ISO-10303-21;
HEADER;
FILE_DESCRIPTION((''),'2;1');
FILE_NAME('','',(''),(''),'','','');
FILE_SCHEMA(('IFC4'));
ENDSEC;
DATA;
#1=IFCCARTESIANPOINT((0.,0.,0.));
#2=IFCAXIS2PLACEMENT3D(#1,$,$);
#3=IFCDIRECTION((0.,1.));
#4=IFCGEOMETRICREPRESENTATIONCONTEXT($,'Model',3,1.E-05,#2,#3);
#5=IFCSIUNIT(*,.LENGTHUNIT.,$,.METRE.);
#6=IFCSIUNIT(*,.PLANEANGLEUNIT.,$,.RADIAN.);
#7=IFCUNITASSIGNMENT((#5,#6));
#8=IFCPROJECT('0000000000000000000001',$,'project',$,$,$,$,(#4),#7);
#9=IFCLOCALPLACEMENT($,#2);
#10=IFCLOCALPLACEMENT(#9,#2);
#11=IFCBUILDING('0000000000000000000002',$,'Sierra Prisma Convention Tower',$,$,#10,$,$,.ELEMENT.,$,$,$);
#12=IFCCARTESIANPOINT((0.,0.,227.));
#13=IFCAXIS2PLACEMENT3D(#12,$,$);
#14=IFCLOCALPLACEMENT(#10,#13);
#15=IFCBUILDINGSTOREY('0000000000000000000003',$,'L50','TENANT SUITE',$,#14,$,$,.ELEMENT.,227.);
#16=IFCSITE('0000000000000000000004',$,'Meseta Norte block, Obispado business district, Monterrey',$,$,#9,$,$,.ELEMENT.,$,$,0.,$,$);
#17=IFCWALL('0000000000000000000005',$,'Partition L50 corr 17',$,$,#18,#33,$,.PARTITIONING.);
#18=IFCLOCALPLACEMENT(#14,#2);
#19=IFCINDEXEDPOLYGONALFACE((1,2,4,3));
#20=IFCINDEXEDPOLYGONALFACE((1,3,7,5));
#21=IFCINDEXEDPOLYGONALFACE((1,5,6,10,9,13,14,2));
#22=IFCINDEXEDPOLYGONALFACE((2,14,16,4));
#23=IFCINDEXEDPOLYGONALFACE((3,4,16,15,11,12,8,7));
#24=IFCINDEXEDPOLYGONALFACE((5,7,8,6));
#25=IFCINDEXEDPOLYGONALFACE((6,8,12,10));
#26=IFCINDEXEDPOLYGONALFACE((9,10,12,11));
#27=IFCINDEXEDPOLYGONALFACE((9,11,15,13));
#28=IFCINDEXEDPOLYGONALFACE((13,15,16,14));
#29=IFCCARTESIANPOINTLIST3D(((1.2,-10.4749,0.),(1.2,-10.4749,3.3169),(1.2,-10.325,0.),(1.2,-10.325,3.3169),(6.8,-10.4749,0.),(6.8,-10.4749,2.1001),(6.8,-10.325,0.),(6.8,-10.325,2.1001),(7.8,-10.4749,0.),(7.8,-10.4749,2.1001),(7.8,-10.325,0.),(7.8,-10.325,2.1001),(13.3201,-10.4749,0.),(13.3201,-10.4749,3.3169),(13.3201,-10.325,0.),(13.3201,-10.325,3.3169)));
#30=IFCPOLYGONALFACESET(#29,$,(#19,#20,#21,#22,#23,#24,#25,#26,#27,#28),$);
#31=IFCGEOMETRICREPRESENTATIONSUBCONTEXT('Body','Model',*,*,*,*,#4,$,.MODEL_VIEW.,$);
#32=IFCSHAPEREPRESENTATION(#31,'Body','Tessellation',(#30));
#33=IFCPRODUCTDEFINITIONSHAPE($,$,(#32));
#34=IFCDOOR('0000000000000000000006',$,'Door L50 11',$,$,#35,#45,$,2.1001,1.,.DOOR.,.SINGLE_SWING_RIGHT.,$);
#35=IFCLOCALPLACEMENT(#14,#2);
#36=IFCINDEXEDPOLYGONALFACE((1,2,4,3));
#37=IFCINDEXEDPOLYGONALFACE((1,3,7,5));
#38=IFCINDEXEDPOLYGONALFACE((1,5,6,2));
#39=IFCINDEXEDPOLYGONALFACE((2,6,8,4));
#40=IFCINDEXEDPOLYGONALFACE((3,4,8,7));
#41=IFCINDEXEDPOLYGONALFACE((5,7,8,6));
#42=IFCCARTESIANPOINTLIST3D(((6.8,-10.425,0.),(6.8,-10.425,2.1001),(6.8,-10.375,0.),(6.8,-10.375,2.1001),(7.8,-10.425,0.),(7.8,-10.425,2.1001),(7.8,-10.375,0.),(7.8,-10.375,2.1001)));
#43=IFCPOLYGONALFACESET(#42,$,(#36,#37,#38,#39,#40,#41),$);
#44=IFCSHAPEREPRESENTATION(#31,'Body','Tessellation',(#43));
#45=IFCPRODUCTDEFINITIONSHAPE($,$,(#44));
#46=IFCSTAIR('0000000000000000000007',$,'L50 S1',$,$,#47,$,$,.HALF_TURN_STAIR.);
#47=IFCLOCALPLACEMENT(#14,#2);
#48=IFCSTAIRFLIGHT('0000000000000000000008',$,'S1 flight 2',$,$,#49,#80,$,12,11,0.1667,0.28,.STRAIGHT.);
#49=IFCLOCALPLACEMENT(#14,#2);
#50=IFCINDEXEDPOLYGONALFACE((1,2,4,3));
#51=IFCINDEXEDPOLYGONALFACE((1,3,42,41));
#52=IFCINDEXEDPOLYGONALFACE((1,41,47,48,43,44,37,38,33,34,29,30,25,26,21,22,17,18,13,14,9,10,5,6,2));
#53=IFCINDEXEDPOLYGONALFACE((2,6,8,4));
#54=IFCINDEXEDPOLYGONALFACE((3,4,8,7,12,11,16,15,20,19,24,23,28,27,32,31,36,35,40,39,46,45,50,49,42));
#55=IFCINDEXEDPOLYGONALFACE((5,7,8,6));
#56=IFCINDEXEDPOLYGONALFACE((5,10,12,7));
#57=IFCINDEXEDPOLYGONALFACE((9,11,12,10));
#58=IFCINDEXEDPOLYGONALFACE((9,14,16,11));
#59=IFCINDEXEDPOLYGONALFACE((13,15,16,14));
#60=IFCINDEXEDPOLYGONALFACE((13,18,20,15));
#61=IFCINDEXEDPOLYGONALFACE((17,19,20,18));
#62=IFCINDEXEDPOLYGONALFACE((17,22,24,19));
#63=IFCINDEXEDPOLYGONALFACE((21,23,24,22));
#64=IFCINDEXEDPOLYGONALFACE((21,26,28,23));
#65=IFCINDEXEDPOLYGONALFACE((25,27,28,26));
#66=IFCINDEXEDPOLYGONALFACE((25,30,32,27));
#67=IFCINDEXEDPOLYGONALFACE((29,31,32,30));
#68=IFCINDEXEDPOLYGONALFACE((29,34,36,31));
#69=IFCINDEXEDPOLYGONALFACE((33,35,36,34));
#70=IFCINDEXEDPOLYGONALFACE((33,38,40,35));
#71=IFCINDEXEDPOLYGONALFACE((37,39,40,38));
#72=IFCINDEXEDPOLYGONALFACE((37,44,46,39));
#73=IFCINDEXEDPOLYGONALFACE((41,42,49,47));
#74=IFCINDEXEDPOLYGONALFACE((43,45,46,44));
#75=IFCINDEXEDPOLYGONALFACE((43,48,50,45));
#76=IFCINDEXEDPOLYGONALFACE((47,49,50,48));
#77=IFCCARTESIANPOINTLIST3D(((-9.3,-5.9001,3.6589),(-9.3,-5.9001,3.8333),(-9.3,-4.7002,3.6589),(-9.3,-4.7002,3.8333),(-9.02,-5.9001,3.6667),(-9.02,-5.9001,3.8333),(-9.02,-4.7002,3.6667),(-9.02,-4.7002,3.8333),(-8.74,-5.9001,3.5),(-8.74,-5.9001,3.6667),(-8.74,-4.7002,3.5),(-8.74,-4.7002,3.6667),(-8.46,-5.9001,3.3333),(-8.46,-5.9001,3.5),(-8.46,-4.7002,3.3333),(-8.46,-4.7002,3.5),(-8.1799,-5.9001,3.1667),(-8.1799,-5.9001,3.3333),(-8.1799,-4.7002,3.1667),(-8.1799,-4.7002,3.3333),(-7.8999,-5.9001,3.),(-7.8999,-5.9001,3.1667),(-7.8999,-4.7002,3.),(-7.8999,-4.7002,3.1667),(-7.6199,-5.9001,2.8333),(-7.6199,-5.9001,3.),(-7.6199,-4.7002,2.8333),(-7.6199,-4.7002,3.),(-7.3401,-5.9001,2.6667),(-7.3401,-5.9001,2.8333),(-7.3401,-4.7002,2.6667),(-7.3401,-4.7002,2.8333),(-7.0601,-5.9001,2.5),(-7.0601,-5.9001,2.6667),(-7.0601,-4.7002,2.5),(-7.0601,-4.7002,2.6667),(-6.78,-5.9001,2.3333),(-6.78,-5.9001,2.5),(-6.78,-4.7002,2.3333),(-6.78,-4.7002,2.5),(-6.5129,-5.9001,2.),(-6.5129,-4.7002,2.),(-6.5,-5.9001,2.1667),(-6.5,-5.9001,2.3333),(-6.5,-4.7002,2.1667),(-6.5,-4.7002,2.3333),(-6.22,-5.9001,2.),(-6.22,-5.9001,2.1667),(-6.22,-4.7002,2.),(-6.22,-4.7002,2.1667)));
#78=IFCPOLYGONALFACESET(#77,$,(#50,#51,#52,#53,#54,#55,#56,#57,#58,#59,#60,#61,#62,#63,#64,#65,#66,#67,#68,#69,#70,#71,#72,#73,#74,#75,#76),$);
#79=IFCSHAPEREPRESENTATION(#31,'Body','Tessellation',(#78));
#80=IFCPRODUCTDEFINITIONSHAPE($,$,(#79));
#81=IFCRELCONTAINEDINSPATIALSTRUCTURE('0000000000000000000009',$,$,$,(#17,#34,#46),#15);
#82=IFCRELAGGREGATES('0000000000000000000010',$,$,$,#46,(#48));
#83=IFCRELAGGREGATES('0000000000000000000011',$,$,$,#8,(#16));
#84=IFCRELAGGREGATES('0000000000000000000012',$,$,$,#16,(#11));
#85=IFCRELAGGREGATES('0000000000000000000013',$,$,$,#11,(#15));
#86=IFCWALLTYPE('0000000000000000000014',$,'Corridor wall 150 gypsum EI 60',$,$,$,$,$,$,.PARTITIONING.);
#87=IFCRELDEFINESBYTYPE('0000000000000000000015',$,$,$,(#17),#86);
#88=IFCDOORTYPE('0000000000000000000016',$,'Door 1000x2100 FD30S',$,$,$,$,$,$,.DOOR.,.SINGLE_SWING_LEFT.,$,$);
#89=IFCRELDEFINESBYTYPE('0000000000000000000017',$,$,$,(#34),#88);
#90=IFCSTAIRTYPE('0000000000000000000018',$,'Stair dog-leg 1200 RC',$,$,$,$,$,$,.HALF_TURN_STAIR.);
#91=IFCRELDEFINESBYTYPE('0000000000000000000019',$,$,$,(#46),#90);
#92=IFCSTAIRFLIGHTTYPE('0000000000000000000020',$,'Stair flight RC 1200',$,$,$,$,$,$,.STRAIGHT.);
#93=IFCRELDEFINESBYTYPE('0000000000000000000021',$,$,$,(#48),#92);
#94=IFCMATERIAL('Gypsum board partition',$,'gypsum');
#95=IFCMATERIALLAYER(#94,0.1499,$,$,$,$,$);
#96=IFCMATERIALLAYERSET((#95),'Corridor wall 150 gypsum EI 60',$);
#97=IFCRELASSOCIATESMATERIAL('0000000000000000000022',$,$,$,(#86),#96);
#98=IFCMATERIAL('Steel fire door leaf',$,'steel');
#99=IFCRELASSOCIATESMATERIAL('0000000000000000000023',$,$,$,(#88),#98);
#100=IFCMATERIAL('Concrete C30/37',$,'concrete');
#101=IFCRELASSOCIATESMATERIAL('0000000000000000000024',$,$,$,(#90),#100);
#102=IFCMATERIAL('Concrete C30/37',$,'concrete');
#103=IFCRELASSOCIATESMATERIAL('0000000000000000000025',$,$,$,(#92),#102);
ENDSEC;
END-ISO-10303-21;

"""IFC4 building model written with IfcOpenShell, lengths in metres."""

from ifc_helpers import new_model, si_unit, direction, frame, frame_2d, origin, place, context, subcontext, project, spatial, polyline, rectangle, outline, extrude, material, layer, layer_set, type_object, element, fill, aggregate, save


model = new_model("IFC4")

# Units and contexts
model_context = context("Model", 3, precision=1e-05, world=origin(), true_north=direction((0.0, 1.0)))
body_context = subcontext(model_context, "Body", "Model", "MODEL_VIEW")
ifc_project = project(units=[si_unit("LENGTHUNIT", "METRE"), si_unit("PLANEANGLEUNIT", "RADIAN")], contexts=[model_context])

# Site, building, storey
site_placement = place(None, origin())
site = spatial("IfcSite", under=ifc_project, at=site_placement, Name="Meseta Norte block, Obispado business district, Monterrey", CompositionType="ELEMENT", RefElevation=0.0)
building_placement = place(site_placement, origin())
building = spatial("IfcBuilding", under=site, at=building_placement, Name="Sierra Prisma Convention Tower", CompositionType="ELEMENT")
storey_placement = place(building_placement, frame((0.0, 0.0, 227.0)))
storey = spatial("IfcBuildingStorey", under=building, at=storey_placement, Name="L50", Description="TENANT SUITE", CompositionType="ELEMENT", Elevation=227.0)

# Shared definitions
ifc_material_1 = material(Name="Gypsum board partition", Category="gypsum")
ifc_layer_1 = layer(ifc_material_1, 0.1499)
ifc_layer_set_1 = layer_set([ifc_layer_1], Name="Corridor wall 150 gypsum EI 60")
wall_type_1 = type_object("IfcWallType", Name="Corridor wall 150 gypsum EI 60", PredefinedType="PARTITIONING", material=ifc_layer_set_1)

# Wall, opening, door
wall_1_placement = place(storey_placement, frame((1.2, -10.3999, 0.0), z_axis=(0.0, 0.0, 1.0), x_axis=(1.0, 0.0, 0.0)))
wall_1 = element("IfcWall", 1, at=wall_1_placement, inside=storey, type_object=wall_type_1, Name="Partition L50 corr 17", PredefinedType="PARTITIONING", context=body_context, shape_type="SweptSolid", body=[
    extrude(rectangle(XDim=12.1201, YDim=0.1499, at=frame_2d((6.0601, 0.0))), origin(), (0.0, 0.0, 1.0), 3.3169),
])
opening_1_placement = place(wall_1_placement, frame((5.6001, 0.0, 0.0)))
opening_1 = element("IfcOpeningElement", 2, at=opening_1_placement, cuts=wall_1, PredefinedType="OPENING", context=body_context, shape_type="SweptSolid", body=[
    extrude(rectangle(XDim=1.0, YDim=2.1001, at=frame_2d((0.5, 1.05))), frame((0.0, 0.075, 0.0), z_axis=(0.0, -1.0, 0.0), x_axis=(1.0, 0.0, 0.0)), (0.0, 0.0, 1.0), 0.1499),
])
ifc_material_2 = material(Name="Steel fire door leaf", Category="steel")
door_type_1 = type_object("IfcDoorType", Name="Door 1000x2100 FD30S", OperationType="SINGLE_SWING_LEFT", PredefinedType="DOOR", material=ifc_material_2)
door_1_placement = place(opening_1_placement, origin())
door_1 = element("IfcDoor", 3, at=door_1_placement, inside=storey, type_object=door_type_1, Name="Door L50 11", OperationType="SINGLE_SWING_RIGHT", OverallHeight=2.1001, OverallWidth=1.0, PredefinedType="DOOR", context=body_context, shape_type="SweptSolid", body=[
    extrude(rectangle(XDim=1.0, YDim=2.1001, at=frame_2d((0.5, 1.05))), frame((0.0, 0.0249, 0.0), z_axis=(0.0, -1.0, 0.0), x_axis=(1.0, 0.0, 0.0)), (0.0, 0.0, 1.0), 0.05),
])
fill(opening_1, door_1)

# Stair, stair flight
ifc_material_3 = material(Name="Concrete C30/37", Category="concrete")
stair_type = type_object("IfcStairType", Name="Stair dog-leg 1200 RC", PredefinedType="HALF_TURN_STAIR", material=ifc_material_3)
stair_placement = place(storey_placement, origin())
stair = element("IfcStair", 4, at=stair_placement, inside=storey, type_object=stair_type, Name="L50 S1", PredefinedType="HALF_TURN_STAIR")
ifc_material_4 = material(Name="Concrete C30/37", Category="concrete")
stair_flight_type = type_object("IfcStairFlightType", Name="Stair flight RC 1200", PredefinedType="STRAIGHT", material=ifc_material_4)
stair_flight_placement = place(storey_placement, frame((-6.22, -5.3, 2.0), z_axis=(0.0, 0.0, 1.0), x_axis=(-1.0, 0.0, 0.0)))
stair_flight = element("IfcStairFlight", 5, at=stair_flight_placement, type_object=stair_flight_type, Name="S1 flight 2", NumberOfRisers=12, NumberOfTreads=11, PredefinedType="STRAIGHT", RiserHeight=0.1667, TreadLength=0.28, context=body_context, shape_type="SweptSolid", body=[
    extrude(outline(polyline([(0.0, 0.0), (0.0, 0.1667), (0.28, 0.1667), (0.28, 0.3333), (0.5601, 0.3333), (0.5601, 0.5), (0.8401, 0.5), (0.8401, 0.6667), (1.1201, 0.6667), (1.1201, 0.8333), (1.3999, 0.8333), (1.3999, 1.0), (1.6799, 1.0), (1.6799, 1.1667), (1.96, 1.1667), (1.96, 1.3333), (2.24, 1.3333), (2.24, 1.5), (2.52, 1.5), (2.52, 1.6667), (2.8, 1.6667), (2.8, 1.8333), (3.0801, 1.8333), (3.0801, 2.0), (3.0801, 1.6589), (0.293, 0.0), (0.0, 0.0)])), frame((0.0, 0.6001, 0.0), z_axis=(0.0, -1.0, 0.0), x_axis=(1.0, 0.0, 0.0)), (0.0, 0.0, 1.0), 1.2),
])
aggregate(stair, [stair_flight])

save(model, "model.ifc")
